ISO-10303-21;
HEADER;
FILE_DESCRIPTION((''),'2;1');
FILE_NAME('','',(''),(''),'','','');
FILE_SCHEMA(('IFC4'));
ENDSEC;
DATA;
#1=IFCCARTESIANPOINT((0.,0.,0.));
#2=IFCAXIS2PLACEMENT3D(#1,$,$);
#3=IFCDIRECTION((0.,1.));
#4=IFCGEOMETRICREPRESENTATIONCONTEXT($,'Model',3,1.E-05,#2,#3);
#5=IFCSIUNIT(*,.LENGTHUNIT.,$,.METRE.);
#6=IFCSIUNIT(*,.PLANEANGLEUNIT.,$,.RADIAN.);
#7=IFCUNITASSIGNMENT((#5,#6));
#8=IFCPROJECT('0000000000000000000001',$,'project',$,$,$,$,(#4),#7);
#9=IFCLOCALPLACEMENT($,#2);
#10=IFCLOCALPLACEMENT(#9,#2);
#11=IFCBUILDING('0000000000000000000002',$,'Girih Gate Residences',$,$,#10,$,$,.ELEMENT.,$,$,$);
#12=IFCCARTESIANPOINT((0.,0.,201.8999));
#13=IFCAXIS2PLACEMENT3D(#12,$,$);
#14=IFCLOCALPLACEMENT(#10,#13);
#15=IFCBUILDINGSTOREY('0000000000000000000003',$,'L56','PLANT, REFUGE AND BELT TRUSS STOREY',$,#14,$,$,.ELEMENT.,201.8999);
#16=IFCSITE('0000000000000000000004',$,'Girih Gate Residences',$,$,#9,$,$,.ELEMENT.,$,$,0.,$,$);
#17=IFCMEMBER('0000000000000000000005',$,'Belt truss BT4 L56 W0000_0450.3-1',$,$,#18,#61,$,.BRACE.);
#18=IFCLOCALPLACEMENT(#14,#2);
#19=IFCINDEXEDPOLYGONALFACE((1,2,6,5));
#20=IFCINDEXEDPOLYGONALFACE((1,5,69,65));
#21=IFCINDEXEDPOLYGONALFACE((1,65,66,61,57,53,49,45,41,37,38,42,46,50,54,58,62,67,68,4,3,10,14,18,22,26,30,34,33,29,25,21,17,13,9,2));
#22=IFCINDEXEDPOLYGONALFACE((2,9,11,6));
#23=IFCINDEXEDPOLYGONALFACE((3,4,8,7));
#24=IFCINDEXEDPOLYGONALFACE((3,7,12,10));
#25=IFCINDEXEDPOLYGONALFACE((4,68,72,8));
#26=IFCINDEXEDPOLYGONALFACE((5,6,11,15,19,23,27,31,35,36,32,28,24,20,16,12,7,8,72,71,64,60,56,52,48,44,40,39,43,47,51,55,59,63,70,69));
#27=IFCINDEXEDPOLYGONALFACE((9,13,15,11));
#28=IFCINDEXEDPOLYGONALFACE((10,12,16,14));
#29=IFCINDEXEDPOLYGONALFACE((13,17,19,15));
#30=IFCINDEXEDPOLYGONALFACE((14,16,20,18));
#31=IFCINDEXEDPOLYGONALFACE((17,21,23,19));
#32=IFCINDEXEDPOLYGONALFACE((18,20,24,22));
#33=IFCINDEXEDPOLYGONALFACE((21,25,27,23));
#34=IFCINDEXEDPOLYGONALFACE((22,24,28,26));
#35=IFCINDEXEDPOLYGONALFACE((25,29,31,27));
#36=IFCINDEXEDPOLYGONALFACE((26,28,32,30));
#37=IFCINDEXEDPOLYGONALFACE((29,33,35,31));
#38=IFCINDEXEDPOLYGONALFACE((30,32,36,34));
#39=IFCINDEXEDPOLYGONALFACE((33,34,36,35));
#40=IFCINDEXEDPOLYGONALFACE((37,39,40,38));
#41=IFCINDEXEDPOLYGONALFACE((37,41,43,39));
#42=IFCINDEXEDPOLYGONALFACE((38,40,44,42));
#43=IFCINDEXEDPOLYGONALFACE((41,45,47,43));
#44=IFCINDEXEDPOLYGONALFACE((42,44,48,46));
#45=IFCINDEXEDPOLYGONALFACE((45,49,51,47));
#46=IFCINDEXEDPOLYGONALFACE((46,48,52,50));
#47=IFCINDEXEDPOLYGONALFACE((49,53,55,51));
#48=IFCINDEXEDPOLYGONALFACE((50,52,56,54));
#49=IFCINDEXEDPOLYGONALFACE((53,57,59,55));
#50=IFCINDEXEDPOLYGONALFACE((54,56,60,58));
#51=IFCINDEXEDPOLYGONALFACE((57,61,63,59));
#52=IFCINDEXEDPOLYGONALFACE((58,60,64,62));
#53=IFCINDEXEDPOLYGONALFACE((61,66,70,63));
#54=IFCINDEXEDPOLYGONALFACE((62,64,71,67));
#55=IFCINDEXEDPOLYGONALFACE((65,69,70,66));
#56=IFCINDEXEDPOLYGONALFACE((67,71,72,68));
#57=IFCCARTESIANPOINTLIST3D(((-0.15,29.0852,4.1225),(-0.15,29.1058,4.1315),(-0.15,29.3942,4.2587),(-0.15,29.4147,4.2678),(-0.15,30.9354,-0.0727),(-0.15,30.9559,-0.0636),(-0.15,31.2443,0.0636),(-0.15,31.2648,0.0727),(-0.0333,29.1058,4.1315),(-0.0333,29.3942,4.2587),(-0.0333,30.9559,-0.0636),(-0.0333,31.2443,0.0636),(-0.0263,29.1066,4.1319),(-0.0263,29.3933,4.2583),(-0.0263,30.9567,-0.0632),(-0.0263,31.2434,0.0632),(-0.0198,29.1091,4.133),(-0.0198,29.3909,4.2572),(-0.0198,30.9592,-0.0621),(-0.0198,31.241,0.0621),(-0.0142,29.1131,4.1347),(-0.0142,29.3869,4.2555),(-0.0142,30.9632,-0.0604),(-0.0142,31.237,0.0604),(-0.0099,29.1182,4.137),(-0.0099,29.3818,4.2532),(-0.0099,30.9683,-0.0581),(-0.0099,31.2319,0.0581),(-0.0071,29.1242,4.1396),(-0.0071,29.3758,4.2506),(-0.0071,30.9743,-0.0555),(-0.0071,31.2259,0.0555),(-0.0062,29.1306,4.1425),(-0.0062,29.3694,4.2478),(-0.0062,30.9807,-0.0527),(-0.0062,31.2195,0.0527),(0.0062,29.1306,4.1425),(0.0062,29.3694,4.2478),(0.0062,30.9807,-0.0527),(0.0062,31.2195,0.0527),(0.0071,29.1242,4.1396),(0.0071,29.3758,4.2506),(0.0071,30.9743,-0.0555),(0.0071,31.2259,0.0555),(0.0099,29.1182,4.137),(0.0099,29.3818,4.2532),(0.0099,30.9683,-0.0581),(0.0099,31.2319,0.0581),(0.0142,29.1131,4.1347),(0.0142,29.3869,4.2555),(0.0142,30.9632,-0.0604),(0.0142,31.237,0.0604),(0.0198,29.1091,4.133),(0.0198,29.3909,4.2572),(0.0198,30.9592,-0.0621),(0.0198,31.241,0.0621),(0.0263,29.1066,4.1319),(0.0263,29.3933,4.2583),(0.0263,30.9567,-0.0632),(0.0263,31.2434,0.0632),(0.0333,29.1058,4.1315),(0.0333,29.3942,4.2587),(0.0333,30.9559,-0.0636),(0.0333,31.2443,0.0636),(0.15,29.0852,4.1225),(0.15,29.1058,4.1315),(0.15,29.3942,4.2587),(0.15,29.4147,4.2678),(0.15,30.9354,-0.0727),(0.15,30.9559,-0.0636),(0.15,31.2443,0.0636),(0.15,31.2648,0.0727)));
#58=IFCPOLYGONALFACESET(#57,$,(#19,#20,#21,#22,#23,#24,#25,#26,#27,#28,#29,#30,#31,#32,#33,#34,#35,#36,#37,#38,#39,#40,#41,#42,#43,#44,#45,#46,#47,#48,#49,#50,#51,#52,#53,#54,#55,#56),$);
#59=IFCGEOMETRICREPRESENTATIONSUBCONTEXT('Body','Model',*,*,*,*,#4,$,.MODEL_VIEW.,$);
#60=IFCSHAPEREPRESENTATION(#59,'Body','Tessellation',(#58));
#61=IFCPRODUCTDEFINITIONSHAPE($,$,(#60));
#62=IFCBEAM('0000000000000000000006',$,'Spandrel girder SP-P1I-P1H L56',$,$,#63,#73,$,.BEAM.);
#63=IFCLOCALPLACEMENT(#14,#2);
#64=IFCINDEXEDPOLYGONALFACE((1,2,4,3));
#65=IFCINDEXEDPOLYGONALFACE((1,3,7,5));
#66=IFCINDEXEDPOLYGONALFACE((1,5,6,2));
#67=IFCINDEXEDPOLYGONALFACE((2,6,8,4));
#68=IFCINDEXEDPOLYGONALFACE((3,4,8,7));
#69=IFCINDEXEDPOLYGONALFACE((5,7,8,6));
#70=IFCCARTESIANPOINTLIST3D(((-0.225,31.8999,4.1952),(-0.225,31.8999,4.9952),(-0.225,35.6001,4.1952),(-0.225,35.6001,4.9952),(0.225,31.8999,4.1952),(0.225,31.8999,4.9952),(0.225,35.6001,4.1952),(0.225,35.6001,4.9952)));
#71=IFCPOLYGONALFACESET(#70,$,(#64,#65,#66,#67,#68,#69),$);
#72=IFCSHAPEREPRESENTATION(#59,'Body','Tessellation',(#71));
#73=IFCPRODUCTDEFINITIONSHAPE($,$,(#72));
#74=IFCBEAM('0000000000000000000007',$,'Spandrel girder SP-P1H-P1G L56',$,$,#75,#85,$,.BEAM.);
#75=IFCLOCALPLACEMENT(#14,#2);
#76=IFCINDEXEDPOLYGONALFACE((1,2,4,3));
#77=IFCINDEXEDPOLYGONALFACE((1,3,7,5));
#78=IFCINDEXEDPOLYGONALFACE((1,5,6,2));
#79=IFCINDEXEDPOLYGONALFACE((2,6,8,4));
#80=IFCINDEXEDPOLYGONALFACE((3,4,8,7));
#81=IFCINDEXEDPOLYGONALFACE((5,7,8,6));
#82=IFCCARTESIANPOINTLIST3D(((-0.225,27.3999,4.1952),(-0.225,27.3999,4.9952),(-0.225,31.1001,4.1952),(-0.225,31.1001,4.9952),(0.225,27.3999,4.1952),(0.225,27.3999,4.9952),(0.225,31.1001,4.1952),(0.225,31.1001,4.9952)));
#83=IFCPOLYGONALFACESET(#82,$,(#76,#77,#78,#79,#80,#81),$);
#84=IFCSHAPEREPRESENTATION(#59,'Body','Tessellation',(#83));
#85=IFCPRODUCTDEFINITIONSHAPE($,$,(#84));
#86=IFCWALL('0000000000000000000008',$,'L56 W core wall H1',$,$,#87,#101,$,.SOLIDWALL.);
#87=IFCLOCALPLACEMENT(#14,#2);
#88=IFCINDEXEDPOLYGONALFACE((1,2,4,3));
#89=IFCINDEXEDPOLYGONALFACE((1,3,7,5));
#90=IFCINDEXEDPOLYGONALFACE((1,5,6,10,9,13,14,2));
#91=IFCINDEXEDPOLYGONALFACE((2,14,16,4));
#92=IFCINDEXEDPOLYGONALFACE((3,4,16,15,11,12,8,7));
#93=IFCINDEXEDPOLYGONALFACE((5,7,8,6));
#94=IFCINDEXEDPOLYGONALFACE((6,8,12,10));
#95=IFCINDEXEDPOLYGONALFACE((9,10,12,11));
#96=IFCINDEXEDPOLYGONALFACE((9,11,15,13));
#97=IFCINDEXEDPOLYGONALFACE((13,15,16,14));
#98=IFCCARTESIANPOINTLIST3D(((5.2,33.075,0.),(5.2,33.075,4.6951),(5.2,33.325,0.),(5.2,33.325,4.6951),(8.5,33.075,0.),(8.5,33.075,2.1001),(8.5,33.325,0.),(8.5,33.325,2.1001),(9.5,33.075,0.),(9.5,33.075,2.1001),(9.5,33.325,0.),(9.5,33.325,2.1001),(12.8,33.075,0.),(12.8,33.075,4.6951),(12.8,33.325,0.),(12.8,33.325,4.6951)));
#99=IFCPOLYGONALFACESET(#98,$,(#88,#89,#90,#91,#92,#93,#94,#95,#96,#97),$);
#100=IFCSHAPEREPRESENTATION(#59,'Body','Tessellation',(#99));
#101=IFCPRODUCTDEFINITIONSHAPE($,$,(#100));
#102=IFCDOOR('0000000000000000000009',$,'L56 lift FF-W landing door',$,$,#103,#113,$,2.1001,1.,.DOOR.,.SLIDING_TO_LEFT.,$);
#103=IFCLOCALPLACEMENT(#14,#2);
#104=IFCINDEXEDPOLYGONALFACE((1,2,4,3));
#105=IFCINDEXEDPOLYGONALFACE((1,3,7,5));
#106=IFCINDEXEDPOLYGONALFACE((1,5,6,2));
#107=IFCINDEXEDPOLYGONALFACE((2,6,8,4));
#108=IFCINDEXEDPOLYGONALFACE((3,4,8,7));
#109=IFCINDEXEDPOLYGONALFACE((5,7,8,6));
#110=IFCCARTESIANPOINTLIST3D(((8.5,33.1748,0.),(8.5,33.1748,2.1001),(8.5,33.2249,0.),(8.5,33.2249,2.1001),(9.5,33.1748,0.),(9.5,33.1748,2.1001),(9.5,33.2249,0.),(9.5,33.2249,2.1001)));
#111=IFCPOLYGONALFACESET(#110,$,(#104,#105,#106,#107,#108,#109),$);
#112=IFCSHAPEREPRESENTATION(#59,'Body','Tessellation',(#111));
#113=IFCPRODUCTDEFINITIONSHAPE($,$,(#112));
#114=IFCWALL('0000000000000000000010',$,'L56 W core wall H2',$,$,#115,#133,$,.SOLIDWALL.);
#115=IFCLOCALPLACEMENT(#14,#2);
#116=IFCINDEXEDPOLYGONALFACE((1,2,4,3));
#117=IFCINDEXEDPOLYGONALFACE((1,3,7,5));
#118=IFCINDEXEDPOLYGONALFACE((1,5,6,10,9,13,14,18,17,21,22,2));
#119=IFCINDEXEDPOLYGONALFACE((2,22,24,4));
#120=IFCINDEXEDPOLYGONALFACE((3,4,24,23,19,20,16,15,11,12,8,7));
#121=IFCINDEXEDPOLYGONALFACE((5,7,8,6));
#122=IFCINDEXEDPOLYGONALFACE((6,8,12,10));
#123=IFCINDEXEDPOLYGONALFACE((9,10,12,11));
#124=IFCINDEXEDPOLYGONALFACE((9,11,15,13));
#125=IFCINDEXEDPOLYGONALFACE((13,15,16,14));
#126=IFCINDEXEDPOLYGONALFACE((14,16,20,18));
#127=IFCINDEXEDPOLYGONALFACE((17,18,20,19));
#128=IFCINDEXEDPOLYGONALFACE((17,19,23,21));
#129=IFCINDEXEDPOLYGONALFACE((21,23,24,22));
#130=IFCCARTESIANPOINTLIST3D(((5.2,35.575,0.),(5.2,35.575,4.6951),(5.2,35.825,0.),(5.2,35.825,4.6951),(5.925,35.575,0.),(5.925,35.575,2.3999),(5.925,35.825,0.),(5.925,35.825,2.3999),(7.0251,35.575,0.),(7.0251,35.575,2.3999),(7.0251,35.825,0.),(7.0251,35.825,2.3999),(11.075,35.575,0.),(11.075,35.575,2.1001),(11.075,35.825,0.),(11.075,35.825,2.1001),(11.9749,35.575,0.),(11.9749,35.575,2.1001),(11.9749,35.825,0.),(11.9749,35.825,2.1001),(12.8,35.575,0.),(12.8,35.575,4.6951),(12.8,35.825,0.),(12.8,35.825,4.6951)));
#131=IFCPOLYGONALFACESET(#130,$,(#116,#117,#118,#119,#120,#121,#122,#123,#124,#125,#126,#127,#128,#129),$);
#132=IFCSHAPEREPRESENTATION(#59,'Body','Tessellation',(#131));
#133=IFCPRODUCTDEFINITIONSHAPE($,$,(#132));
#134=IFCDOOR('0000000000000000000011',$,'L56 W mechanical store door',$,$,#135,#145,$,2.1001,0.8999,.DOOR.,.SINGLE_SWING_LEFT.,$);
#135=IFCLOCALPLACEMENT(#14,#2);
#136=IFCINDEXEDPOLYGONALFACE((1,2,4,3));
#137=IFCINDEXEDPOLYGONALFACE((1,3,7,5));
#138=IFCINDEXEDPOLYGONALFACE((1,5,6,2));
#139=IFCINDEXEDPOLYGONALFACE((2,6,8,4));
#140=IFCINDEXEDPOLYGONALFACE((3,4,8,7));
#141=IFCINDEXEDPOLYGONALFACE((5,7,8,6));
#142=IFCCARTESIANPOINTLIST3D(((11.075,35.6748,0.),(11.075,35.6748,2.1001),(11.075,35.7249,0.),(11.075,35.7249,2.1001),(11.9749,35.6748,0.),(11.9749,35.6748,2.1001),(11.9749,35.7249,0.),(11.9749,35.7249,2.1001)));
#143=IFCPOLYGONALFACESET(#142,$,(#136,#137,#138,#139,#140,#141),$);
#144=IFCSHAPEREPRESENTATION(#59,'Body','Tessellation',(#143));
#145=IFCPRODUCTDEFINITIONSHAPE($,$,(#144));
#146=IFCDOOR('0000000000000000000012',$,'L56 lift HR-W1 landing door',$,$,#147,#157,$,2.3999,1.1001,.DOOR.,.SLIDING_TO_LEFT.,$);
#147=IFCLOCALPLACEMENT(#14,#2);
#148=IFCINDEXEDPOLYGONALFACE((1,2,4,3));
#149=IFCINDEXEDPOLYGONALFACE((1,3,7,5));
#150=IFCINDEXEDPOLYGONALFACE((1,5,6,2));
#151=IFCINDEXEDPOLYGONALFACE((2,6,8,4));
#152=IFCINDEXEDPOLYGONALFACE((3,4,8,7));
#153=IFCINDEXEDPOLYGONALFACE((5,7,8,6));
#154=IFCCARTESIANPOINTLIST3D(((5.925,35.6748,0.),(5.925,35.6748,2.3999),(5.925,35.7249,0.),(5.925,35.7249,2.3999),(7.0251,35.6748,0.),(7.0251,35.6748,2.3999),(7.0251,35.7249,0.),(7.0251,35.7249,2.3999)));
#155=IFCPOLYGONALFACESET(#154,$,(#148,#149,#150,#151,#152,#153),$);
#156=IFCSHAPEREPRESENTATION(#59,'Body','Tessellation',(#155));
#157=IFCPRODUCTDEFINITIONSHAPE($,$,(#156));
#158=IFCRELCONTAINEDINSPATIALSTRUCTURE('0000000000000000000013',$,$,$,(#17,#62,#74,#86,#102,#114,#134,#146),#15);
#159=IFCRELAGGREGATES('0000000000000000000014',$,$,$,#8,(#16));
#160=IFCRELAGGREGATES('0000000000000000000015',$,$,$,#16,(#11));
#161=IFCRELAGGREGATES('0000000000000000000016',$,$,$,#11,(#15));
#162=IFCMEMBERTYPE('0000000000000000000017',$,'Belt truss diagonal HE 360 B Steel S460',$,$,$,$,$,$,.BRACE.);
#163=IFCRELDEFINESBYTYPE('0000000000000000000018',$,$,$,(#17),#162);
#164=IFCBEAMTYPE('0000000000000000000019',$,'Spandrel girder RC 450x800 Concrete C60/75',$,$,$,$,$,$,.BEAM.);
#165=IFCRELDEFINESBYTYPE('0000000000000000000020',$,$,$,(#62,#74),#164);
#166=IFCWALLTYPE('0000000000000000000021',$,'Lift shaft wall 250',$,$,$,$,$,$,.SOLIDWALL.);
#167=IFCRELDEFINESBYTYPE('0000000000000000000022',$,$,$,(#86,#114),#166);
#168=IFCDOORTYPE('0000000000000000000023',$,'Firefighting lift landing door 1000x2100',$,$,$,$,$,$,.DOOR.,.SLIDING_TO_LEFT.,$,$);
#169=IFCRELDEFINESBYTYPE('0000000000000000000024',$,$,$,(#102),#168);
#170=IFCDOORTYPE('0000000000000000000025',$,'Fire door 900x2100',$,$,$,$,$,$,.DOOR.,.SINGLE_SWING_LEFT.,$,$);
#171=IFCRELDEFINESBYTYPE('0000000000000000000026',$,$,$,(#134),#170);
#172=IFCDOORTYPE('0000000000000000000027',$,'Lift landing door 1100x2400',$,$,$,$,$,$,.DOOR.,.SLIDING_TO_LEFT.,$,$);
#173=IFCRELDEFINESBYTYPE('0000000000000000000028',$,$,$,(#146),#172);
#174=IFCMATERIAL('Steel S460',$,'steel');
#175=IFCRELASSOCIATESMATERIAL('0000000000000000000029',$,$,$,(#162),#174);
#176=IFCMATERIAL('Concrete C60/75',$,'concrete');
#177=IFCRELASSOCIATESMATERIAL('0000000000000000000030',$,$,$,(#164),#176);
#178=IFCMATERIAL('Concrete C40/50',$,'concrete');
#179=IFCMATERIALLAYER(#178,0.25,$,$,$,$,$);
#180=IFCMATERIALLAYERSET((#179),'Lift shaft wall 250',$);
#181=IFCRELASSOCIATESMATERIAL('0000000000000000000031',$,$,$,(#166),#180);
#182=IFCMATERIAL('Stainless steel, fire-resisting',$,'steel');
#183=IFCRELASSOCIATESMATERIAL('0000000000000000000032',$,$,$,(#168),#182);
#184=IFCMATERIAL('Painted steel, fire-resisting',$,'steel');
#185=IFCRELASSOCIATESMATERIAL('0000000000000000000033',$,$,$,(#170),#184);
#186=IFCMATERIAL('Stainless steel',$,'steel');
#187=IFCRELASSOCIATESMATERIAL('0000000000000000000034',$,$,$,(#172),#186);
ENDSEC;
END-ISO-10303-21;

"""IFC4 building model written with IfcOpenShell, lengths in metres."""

from ifc_helpers import new_model, si_unit, direction, frame, frame_2d, origin, origin_2d, place, context, subcontext, project, spatial, rectangle, i_section, extrude, material, layer, layer_set, material_profile, profile_set, type_object, element, fill, save


model = new_model("IFC4")

# Units and contexts
model_context = context("Model", 3, precision=1e-05, world=origin(), true_north=direction((0.0, 1.0)))
body_context = subcontext(model_context, "Body", "Model", "MODEL_VIEW")
ifc_project = project(units=[si_unit("LENGTHUNIT", "METRE"), si_unit("PLANEANGLEUNIT", "RADIAN")], contexts=[model_context])

# Site, building, storey
site_placement = place(None, origin())
site = spatial("IfcSite", under=ifc_project, at=site_placement, Name="Girih Gate Residences", CompositionType="ELEMENT", RefElevation=0.0)
building_placement = place(site_placement, origin())
building = spatial("IfcBuilding", under=site, at=building_placement, Name="Girih Gate Residences", CompositionType="ELEMENT")
storey_placement = place(building_placement, frame((0.0, 0.0, 201.8999)))
storey = spatial("IfcBuildingStorey", under=building, at=storey_placement, Name="L56", Description="PLANT, REFUGE AND BELT TRUSS STOREY", CompositionType="ELEMENT", Elevation=201.8999)

# Shared definitions
ifc_material_1 = material(Name="Concrete C60/75", Category="concrete")

# Member
ifc_material_2 = material(Name="Steel S460", Category="steel")
ifc_material_profile_1 = material_profile(ifc_material_2, i_section(OverallWidth=0.3, OverallDepth=0.3601, WebThickness=0.0125, FlangeThickness=0.0225, FilletRadius=0.0271, at=origin_2d()))
ifc_profile_set_1 = profile_set([ifc_material_profile_1], Name="Steel S460")
member_type = type_object("IfcMemberType", Name="Belt truss diagonal HE 360 B Steel S460", PredefinedType="BRACE", material=ifc_profile_set_1)
for number, where, z_axis, x_axis, name in (
    (1, (0.0, 31.1001, 0.0), (0.0, -0.403518, 0.914972), (1.0, 0.0, 0.0), "Belt truss BT4 L56 W0000_0450.3-1"),
):
    element("IfcMember", number, at=place(storey_placement, frame(where, z_axis=z_axis, x_axis=x_axis)), inside=storey, type_object=member_type, Name=name, PredefinedType="BRACE", context=body_context, shape_type="SweptSolid", body=[
        extrude(i_section(OverallWidth=0.3, OverallDepth=0.3601, WebThickness=0.0125, FlangeThickness=0.0225, FilletRadius=0.0271, at=origin_2d()), origin(), (0.0, 0.0, 1.0), 4.585),
    ])

# Beams
ifc_material_profile_2 = material_profile(ifc_material_1, rectangle(XDim=0.45, YDim=0.8, at=origin_2d()))
ifc_profile_set_2 = profile_set([ifc_material_profile_2], Name="Concrete C60/75")
beam_type = type_object("IfcBeamType", Name="Spandrel girder RC 450x800 Concrete C60/75", PredefinedType="BEAM", material=ifc_profile_set_2)
for number, where, z_axis, x_axis, name in (
    (2, (0.0, 35.6001, 4.5952), (0.0, -1.0, 0.0), (1.0, 0.0, 0.0), "Spandrel girder SP-P1I-P1H L56"),
    (3, (0.0, 31.1001, 4.5952), (0.0, -1.0, 0.0), (1.0, 0.0, 0.0), "Spandrel girder SP-P1H-P1G L56"),
):
    element("IfcBeam", number, at=place(storey_placement, frame(where, z_axis=z_axis, x_axis=x_axis)), inside=storey, type_object=beam_type, Name=name, PredefinedType="BEAM", context=body_context, shape_type="SweptSolid", body=[
        extrude(rectangle(XDim=0.45, YDim=0.8, at=origin_2d()), origin(), (0.0, 0.0, 1.0), 3.7002),
    ])

# Wall, opening, door
ifc_material_3 = material(Name="Concrete C40/50", Category="concrete")
ifc_layer_1 = layer(ifc_material_3, 0.25)
ifc_layer_set_1 = layer_set([ifc_layer_1], Name="Lift shaft wall 250")
wall_type_1 = type_object("IfcWallType", Name="Lift shaft wall 250", PredefinedType="SOLIDWALL", material=ifc_layer_set_1)
wall_1_placement = place(storey_placement, frame((5.2, 33.2, 0.0), z_axis=(0.0, 0.0, 1.0), x_axis=(1.0, 0.0, 0.0)))
wall_1 = element("IfcWall", 4, at=wall_1_placement, inside=storey, type_object=wall_type_1, Name="L56 W core wall H1", PredefinedType="SOLIDWALL", context=body_context, shape_type="SweptSolid", body=[
    extrude(rectangle(XDim=7.6001, YDim=0.25, at=frame_2d((3.8, 0.0))), origin(), (0.0, 0.0, 1.0), 4.6951),
])
opening_1_placement = place(wall_1_placement, frame((3.3, 0.0, 0.0)))
opening_1 = element("IfcOpeningElement", 5, at=opening_1_placement, cuts=wall_1, PredefinedType="OPENING", context=body_context, shape_type="SweptSolid", body=[
    extrude(rectangle(XDim=1.0, YDim=2.1001, at=frame_2d((0.5, 1.05))), frame((0.0, 0.135, 0.0), z_axis=(0.0, -1.0, 0.0), x_axis=(1.0, 0.0, 0.0)), (0.0, 0.0, 1.0), 0.27),
])
ifc_material_4 = material(Name="Stainless steel, fire-resisting", Category="steel")
door_type_1 = type_object("IfcDoorType", Name="Firefighting lift landing door 1000x2100", OperationType="SLIDING_TO_LEFT", PredefinedType="DOOR", material=ifc_material_4)
door_1_placement = place(opening_1_placement, origin())
door_1 = element("IfcDoor", 6, at=door_1_placement, inside=storey, type_object=door_type_1, Name="L56 lift FF-W landing door", OperationType="SLIDING_TO_LEFT", OverallHeight=2.1001, OverallWidth=1.0, PredefinedType="DOOR", context=body_context, shape_type="SweptSolid", body=[
    extrude(rectangle(XDim=1.0, YDim=2.1001, at=frame_2d((0.5, 1.05))), frame((0.0, 0.0249, 0.0), z_axis=(0.0, -1.0, 0.0), x_axis=(1.0, 0.0, 0.0)), (0.0, 0.0, 1.0), 0.05),
])
fill(opening_1, door_1)

# Wall, openings, doors
wall_2_placement = place(storey_placement, frame((5.2, 35.7, 0.0), z_axis=(0.0, 0.0, 1.0), x_axis=(1.0, 0.0, 0.0)))
wall_2 = element("IfcWall", 7, at=wall_2_placement, inside=storey, type_object=wall_type_1, Name="L56 W core wall H2", PredefinedType="SOLIDWALL", context=body_context, shape_type="SweptSolid", body=[
    extrude(rectangle(XDim=7.6001, YDim=0.25, at=frame_2d((3.8, 0.0))), origin(), (0.0, 0.0, 1.0), 4.6951),
])
opening_2_placement = place(wall_2_placement, frame((0.7251, 0.0, 0.0)))
opening_2 = element("IfcOpeningElement", 8, at=opening_2_placement, cuts=wall_2, PredefinedType="OPENING", context=body_context, shape_type="SweptSolid", body=[
    extrude(rectangle(XDim=1.1001, YDim=2.3999, at=frame_2d((0.55, 1.2))), frame((0.0, 0.135, 0.0), z_axis=(0.0, -1.0, 0.0), x_axis=(1.0, 0.0, 0.0)), (0.0, 0.0, 1.0), 0.27),
])
opening_3_placement = place(wall_2_placement, frame((5.875, 0.0, 0.0)))
opening_3 = element("IfcOpeningElement", 9, at=opening_3_placement, cuts=wall_2, PredefinedType="OPENING", context=body_context, shape_type="SweptSolid", body=[
    extrude(rectangle(XDim=0.8999, YDim=2.1001, at=frame_2d((0.45, 1.05))), frame((0.0, 0.135, 0.0), z_axis=(0.0, -1.0, 0.0), x_axis=(1.0, 0.0, 0.0)), (0.0, 0.0, 1.0), 0.27),
])
ifc_material_5 = material(Name="Painted steel, fire-resisting", Category="steel")
door_type_2 = type_object("IfcDoorType", Name="Fire door 900x2100", OperationType="SINGLE_SWING_LEFT", PredefinedType="DOOR", material=ifc_material_5)
door_2_placement = place(opening_3_placement, origin())
door_2 = element("IfcDoor", 10, at=door_2_placement, inside=storey, type_object=door_type_2, Name="L56 W mechanical store door", OperationType="SINGLE_SWING_LEFT", OverallHeight=2.1001, OverallWidth=0.8999, PredefinedType="DOOR", context=body_context, shape_type="SweptSolid", body=[
    extrude(rectangle(XDim=0.8999, YDim=2.1001, at=frame_2d((0.45, 1.05))), frame((0.0, 0.0249, 0.0), z_axis=(0.0, -1.0, 0.0), x_axis=(1.0, 0.0, 0.0)), (0.0, 0.0, 1.0), 0.05),
])
fill(opening_3, door_2)
ifc_material_6 = material(Name="Stainless steel", Category="steel")
door_type_3 = type_object("IfcDoorType", Name="Lift landing door 1100x2400", OperationType="SLIDING_TO_LEFT", PredefinedType="DOOR", material=ifc_material_6)
door_3_placement = place(opening_2_placement, origin())
door_3 = element("IfcDoor", 11, at=door_3_placement, inside=storey, type_object=door_type_3, Name="L56 lift HR-W1 landing door", OperationType="SLIDING_TO_LEFT", OverallHeight=2.3999, OverallWidth=1.1001, PredefinedType="DOOR", context=body_context, shape_type="SweptSolid", body=[
    extrude(rectangle(XDim=1.1001, YDim=2.3999, at=frame_2d((0.55, 1.2))), frame((0.0, 0.0249, 0.0), z_axis=(0.0, -1.0, 0.0), x_axis=(1.0, 0.0, 0.0)), (0.0, 0.0, 1.0), 0.05),
])
fill(opening_2, door_3)

save(model, "model.ifc")
